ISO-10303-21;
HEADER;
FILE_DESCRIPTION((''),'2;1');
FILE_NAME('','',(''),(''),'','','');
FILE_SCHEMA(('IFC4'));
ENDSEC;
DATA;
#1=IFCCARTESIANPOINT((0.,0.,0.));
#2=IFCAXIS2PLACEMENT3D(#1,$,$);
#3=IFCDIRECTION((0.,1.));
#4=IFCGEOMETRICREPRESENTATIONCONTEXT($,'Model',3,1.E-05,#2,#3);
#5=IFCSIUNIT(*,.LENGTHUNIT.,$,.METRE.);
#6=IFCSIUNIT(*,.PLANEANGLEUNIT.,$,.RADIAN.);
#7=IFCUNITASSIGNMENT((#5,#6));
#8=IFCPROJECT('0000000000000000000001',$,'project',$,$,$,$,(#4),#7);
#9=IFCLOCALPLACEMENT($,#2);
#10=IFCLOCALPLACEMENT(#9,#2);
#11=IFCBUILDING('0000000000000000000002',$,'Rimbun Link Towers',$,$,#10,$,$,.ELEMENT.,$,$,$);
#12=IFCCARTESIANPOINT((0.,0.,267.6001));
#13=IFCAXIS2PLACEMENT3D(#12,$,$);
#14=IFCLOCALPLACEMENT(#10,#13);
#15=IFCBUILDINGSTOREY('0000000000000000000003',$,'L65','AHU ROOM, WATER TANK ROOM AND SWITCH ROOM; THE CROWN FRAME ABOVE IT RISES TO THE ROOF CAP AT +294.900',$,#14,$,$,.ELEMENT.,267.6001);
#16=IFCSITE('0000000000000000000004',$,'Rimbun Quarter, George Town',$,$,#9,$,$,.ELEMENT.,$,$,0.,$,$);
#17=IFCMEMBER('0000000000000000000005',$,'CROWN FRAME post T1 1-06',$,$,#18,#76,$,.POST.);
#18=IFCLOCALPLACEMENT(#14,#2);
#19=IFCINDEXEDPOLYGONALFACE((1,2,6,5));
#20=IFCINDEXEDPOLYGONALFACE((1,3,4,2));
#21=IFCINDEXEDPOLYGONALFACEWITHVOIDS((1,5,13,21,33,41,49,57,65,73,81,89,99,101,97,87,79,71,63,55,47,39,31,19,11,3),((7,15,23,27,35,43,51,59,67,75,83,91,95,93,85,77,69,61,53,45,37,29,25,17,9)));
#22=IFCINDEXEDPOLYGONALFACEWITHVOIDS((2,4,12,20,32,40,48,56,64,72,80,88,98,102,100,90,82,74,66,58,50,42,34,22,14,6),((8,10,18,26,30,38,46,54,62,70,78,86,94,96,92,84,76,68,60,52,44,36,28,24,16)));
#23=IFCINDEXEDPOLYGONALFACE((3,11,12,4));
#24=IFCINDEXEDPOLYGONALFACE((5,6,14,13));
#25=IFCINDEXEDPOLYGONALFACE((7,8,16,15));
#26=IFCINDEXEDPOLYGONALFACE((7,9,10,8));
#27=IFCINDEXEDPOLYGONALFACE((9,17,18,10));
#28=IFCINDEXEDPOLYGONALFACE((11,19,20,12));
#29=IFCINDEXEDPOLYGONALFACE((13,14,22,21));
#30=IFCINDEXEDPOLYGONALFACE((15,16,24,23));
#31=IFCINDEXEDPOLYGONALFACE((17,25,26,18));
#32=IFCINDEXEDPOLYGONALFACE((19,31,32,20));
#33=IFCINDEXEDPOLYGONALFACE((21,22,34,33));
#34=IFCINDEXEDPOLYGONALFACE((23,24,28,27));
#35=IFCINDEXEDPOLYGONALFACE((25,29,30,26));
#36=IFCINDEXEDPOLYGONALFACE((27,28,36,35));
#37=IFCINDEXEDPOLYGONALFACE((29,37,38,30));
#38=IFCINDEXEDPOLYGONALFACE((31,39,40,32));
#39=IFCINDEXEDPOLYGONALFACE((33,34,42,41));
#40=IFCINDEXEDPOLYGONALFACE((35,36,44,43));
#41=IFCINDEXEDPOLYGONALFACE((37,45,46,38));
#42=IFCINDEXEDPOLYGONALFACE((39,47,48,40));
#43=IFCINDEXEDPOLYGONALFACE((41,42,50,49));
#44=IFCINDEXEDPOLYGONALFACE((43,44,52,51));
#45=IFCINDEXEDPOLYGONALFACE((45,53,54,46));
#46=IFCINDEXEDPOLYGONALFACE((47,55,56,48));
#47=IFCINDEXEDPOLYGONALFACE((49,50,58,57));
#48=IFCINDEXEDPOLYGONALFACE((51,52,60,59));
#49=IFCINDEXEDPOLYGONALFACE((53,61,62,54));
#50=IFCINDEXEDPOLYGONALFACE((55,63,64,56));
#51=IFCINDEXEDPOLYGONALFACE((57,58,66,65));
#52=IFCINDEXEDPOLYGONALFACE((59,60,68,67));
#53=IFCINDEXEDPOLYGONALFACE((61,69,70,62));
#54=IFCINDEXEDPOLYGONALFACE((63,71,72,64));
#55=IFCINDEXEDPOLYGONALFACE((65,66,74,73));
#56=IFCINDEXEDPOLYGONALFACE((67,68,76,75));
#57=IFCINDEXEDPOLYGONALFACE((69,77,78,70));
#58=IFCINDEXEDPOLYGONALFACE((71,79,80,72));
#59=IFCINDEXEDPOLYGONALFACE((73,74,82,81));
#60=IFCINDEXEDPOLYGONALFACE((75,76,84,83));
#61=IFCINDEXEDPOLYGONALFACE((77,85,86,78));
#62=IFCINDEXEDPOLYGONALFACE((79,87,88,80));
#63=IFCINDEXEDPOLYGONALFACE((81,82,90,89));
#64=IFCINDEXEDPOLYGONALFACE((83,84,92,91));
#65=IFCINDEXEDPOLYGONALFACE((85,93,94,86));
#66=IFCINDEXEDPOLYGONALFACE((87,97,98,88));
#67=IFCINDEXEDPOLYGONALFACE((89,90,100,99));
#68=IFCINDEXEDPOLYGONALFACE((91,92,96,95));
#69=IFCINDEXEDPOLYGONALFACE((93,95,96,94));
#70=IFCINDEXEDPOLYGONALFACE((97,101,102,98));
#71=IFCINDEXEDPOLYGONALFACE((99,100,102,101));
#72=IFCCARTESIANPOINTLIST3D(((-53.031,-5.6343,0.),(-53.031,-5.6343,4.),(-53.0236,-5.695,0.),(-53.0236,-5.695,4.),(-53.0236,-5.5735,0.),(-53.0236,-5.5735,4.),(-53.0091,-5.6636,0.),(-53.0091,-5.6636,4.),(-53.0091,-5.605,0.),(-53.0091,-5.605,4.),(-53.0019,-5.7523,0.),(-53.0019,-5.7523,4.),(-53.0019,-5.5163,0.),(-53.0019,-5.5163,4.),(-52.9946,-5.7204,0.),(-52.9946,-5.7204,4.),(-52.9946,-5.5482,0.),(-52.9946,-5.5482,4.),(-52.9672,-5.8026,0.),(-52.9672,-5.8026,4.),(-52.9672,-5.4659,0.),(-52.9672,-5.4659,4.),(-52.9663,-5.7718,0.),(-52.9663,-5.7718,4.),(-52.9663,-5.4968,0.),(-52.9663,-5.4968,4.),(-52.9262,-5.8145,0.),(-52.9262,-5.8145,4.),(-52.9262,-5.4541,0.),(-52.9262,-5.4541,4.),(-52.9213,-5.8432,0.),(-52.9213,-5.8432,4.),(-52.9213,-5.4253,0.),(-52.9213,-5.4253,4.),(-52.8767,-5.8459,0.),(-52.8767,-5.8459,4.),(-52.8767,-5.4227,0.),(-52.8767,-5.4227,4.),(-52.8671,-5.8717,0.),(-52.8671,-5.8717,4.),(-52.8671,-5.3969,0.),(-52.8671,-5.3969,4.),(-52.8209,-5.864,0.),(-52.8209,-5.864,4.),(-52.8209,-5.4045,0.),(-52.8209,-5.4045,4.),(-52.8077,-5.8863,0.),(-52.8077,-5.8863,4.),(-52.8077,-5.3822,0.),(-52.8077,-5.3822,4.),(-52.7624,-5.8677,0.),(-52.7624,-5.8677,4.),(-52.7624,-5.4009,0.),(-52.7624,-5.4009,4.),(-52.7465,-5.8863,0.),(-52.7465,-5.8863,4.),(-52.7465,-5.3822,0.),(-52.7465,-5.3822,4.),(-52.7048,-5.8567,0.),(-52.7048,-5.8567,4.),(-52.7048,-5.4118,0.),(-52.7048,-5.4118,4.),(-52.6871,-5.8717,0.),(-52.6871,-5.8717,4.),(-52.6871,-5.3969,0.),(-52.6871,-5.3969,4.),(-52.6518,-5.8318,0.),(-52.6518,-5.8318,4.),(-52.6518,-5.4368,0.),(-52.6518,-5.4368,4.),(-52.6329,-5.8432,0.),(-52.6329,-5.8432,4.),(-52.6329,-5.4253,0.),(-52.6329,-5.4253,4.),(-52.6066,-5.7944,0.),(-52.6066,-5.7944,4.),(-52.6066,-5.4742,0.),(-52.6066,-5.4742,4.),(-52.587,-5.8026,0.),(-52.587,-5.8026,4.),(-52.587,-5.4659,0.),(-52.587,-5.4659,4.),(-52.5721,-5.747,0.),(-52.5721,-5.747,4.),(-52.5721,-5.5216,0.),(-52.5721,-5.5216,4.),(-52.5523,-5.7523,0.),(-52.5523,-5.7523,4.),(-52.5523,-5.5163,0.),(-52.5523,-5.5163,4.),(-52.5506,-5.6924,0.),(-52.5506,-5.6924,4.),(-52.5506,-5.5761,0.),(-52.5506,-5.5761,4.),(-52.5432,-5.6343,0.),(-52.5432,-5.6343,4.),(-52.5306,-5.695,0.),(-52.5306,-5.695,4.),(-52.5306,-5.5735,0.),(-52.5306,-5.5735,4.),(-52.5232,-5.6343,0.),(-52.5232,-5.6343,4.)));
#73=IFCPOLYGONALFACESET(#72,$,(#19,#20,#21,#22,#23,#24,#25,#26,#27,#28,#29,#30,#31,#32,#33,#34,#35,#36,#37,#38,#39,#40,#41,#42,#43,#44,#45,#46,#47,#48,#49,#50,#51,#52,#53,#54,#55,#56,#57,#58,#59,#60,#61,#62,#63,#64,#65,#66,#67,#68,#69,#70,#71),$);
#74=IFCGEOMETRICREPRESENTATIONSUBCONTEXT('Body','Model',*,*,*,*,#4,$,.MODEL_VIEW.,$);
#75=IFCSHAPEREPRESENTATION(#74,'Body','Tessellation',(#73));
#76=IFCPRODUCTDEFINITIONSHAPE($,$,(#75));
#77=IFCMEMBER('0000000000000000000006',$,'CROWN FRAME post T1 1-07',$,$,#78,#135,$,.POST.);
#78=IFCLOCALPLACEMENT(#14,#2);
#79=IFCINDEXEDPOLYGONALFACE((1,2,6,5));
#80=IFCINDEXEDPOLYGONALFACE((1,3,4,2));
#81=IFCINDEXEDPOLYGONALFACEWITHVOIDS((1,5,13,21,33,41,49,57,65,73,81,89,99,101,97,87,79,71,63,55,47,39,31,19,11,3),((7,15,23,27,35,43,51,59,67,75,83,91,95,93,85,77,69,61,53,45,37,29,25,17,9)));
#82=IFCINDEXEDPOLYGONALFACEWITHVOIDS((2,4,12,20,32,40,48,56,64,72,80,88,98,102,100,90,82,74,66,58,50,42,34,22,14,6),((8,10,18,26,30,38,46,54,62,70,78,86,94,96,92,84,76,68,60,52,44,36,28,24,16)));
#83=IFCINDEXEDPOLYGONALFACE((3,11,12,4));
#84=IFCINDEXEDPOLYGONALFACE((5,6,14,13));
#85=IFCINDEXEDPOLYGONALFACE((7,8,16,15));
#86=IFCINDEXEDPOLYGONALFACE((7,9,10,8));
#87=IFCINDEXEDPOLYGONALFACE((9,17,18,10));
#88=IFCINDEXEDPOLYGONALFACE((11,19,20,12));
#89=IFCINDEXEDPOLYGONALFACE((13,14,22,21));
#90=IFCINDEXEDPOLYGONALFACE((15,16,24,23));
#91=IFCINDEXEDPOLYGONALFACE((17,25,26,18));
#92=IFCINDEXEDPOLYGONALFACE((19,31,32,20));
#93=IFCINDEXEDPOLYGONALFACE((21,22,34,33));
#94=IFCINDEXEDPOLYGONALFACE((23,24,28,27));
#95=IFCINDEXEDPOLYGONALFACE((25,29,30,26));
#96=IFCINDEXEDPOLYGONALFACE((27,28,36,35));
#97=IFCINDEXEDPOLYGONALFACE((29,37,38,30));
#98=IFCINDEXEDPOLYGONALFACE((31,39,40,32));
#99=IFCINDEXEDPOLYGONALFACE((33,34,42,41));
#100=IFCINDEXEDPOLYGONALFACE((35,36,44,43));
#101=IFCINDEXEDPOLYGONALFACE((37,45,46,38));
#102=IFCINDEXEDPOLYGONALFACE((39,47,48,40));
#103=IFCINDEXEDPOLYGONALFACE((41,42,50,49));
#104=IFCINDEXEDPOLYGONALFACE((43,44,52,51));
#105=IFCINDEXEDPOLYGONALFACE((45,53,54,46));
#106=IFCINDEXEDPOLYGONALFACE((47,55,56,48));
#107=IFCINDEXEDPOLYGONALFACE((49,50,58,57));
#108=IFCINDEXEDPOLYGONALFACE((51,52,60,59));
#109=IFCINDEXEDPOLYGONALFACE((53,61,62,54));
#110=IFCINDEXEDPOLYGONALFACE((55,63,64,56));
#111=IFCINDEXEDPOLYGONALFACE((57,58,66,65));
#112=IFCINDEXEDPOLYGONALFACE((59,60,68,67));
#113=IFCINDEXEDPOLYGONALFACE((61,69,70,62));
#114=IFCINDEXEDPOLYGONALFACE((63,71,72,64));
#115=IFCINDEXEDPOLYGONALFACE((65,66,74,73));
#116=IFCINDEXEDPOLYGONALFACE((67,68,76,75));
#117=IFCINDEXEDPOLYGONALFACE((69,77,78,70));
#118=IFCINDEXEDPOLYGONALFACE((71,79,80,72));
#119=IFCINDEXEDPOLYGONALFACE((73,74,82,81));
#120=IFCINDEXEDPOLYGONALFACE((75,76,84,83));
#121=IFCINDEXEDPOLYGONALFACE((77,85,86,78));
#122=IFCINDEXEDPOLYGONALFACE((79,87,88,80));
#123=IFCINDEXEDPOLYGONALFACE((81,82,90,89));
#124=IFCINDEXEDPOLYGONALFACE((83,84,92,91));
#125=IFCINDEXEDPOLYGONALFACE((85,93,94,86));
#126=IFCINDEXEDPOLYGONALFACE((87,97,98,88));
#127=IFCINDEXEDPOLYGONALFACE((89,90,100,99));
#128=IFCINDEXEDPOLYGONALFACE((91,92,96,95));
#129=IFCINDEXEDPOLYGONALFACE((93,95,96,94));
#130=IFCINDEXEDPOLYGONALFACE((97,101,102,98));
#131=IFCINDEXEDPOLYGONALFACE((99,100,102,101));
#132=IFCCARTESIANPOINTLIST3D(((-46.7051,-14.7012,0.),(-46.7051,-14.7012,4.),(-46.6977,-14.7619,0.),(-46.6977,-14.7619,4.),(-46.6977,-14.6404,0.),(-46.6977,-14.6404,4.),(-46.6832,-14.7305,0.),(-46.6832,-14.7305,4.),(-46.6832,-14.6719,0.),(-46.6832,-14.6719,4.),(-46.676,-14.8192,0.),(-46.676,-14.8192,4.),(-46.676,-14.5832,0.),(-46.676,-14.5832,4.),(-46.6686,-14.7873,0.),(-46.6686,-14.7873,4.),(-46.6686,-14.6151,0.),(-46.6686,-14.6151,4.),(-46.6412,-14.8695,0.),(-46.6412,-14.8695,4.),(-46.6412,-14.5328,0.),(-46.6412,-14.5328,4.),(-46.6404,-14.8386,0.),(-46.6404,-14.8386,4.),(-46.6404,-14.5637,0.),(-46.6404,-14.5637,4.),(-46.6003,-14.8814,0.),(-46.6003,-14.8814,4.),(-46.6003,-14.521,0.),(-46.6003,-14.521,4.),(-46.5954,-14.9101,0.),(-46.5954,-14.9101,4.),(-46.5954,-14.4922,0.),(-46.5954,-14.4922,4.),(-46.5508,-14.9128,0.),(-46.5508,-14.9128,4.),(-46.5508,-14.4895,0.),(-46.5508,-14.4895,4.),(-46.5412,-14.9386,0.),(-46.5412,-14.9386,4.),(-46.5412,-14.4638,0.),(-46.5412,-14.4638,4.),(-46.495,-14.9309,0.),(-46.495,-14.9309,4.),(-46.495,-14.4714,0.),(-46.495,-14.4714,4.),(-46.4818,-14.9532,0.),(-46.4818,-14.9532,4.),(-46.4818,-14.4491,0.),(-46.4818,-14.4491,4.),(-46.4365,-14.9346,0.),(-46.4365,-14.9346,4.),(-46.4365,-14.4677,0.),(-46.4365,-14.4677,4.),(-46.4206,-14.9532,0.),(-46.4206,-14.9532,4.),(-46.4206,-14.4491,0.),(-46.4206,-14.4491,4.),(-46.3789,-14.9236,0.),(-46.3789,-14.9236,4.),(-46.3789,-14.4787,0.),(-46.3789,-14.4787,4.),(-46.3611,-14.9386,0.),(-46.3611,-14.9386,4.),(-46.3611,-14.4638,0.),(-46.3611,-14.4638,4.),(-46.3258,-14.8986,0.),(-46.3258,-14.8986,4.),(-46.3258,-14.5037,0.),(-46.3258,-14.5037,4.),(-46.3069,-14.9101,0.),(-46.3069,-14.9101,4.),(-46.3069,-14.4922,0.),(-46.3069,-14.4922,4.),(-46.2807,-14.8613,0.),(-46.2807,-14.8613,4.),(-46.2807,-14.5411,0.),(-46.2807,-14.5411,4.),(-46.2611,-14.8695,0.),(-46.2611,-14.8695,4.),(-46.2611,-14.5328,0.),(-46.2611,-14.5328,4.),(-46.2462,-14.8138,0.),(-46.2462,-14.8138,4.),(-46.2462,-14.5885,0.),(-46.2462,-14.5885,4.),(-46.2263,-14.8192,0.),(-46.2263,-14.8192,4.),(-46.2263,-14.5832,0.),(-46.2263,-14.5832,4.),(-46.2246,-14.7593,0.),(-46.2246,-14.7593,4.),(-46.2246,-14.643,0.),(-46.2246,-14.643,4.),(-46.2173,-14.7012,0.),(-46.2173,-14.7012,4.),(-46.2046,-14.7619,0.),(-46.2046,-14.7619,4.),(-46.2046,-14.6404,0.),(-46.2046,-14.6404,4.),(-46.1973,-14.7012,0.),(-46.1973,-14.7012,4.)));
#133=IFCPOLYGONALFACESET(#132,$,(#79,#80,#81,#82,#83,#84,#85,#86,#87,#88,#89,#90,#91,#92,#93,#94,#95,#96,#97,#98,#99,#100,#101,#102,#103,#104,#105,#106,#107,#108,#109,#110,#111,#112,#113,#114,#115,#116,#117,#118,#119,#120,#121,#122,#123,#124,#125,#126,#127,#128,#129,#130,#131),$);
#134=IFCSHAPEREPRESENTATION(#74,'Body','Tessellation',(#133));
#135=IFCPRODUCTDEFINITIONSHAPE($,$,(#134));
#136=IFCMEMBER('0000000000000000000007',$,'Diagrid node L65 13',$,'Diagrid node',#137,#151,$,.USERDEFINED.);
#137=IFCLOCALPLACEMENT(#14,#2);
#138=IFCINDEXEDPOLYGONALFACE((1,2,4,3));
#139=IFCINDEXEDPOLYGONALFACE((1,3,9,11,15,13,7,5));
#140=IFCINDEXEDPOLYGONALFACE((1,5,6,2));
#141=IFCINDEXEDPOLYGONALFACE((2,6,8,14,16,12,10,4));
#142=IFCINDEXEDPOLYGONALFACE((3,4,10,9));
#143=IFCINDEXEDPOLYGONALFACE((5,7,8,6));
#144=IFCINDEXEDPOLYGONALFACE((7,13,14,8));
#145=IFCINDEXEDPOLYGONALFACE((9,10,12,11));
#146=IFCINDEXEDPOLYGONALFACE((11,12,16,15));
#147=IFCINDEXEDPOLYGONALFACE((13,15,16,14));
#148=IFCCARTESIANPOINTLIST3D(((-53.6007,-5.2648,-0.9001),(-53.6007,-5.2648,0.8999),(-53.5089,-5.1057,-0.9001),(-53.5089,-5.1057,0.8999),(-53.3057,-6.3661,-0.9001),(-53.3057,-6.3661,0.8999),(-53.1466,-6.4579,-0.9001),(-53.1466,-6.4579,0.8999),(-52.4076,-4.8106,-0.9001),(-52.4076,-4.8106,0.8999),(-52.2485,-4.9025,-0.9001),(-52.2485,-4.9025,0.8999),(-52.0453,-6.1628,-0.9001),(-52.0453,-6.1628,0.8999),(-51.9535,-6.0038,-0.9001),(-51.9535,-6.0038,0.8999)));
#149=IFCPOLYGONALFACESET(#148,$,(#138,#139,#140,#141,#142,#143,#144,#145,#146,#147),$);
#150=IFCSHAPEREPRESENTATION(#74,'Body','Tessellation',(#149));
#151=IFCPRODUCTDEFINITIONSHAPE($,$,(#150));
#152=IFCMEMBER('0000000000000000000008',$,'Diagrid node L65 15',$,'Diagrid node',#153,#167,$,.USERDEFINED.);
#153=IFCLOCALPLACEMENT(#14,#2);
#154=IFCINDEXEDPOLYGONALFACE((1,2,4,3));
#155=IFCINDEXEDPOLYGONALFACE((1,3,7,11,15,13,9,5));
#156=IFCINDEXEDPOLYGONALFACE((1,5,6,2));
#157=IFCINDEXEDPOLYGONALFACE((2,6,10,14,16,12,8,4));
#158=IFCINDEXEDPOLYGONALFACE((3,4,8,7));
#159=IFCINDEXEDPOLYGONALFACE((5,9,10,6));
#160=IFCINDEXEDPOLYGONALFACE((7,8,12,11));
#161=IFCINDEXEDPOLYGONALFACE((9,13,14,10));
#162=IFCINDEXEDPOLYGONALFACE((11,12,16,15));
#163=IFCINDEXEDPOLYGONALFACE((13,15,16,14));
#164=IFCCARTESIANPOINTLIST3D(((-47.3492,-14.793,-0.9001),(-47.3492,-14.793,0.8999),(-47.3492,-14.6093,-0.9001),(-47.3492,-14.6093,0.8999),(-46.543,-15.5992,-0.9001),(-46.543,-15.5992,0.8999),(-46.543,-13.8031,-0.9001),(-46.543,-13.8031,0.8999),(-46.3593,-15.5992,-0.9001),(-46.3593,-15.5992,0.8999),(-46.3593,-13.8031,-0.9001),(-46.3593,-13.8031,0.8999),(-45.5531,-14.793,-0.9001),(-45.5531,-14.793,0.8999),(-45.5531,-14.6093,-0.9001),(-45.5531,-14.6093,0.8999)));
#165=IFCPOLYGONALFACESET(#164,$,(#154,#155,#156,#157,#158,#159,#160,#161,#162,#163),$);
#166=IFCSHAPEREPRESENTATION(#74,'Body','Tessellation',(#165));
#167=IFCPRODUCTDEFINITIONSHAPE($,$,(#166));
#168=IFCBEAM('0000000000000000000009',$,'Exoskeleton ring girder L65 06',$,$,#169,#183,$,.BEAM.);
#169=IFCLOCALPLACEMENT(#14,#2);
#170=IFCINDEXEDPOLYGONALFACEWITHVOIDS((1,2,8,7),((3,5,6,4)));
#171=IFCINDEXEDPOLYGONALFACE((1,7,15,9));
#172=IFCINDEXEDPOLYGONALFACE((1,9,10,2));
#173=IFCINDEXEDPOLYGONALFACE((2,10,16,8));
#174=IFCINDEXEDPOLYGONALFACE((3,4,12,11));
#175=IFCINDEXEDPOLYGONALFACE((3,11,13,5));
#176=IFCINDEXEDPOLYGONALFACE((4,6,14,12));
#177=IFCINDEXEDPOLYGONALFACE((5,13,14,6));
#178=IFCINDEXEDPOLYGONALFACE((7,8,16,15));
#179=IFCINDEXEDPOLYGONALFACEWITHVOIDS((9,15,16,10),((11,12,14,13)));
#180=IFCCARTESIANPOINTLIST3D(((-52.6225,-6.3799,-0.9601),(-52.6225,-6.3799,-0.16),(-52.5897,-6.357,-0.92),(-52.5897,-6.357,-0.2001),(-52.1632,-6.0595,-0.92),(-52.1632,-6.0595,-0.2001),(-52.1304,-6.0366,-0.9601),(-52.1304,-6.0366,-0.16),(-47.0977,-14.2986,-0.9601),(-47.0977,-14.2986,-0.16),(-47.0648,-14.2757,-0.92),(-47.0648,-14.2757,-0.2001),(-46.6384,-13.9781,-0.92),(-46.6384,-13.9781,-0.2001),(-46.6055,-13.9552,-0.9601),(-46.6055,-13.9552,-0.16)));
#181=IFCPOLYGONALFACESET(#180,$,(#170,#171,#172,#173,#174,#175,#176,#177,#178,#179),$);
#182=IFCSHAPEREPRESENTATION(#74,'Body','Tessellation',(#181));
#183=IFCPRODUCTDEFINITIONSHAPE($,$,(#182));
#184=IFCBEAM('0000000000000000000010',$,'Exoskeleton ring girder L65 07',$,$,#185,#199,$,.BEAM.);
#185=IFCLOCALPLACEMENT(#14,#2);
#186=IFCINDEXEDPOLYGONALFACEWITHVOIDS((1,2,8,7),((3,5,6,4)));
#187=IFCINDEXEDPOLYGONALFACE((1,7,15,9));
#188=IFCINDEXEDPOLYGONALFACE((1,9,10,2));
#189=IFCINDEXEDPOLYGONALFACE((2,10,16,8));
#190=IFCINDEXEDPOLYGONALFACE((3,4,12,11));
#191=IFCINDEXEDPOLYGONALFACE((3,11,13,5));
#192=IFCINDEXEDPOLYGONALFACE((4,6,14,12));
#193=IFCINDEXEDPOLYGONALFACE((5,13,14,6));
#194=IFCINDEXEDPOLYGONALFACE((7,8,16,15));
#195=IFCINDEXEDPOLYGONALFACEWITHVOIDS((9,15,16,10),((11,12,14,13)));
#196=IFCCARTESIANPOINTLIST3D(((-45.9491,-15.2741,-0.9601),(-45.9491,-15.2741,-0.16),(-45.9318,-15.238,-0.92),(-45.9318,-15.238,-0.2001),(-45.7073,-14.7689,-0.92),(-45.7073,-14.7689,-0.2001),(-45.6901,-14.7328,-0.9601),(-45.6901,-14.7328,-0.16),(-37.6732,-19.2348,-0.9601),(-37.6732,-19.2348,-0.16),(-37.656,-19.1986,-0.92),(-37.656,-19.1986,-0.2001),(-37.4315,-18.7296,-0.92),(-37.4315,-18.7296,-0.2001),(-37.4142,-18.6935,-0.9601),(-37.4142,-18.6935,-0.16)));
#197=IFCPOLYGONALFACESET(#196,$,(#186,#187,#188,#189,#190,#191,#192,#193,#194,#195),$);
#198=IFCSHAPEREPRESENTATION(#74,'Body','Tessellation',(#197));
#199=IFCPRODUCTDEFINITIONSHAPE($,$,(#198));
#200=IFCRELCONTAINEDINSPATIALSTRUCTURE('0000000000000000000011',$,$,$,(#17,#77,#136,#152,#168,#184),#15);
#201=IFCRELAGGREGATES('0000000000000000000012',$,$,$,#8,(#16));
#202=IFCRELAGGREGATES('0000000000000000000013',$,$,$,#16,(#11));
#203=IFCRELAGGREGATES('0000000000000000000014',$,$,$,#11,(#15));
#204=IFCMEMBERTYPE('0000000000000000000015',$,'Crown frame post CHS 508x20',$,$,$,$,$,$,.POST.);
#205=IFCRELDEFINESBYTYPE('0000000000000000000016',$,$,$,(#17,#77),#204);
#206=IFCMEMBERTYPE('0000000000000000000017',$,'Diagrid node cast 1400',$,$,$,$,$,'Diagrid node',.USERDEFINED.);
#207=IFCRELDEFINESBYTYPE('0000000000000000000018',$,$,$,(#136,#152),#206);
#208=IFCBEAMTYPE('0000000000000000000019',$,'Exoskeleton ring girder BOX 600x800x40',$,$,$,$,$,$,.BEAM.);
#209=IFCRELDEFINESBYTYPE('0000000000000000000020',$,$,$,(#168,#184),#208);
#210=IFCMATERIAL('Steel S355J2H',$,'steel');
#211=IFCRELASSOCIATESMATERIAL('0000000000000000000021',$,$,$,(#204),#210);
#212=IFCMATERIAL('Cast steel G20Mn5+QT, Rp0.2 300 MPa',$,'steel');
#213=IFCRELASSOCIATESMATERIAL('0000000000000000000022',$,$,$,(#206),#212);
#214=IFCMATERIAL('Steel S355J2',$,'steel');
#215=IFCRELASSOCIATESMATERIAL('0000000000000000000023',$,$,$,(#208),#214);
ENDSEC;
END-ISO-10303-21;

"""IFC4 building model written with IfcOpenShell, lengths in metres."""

from ifc_helpers import new_model, si_unit, direction, frame, origin, origin_2d, place, context, subcontext, project, spatial, polyline, hollow_rectangle, hollow_circle, outline, extrude, material, material_profile, profile_set, type_object, element, save


model = new_model("IFC4")

# Units and contexts
model_context = context("Model", 3, precision=1e-05, world=origin(), true_north=direction((0.0, 1.0)))
body_context = subcontext(model_context, "Body", "Model", "MODEL_VIEW")
ifc_project = project(units=[si_unit("LENGTHUNIT", "METRE"), si_unit("PLANEANGLEUNIT", "RADIAN")], contexts=[model_context])

# Site, building, storey
site_placement = place(None, origin())
site = spatial("IfcSite", under=ifc_project, at=site_placement, Name="Rimbun Quarter, George Town", CompositionType="ELEMENT", RefElevation=0.0)
building_placement = place(site_placement, origin())
building = spatial("IfcBuilding", under=site, at=building_placement, Name="Rimbun Link Towers", CompositionType="ELEMENT")
storey_placement = place(building_placement, frame((0.0, 0.0, 267.6001)))
storey = spatial("IfcBuildingStorey", under=building, at=storey_placement, Name="L65", Description="AHU ROOM, WATER TANK ROOM AND SWITCH ROOM; THE CROWN FRAME ABOVE IT RISES TO THE ROOF CAP AT +294.900", CompositionType="ELEMENT", Elevation=267.6001)

# Members
ifc_material_1 = material(Name="Steel S355J2H", Category="steel")
ifc_material_profile_1 = material_profile(ifc_material_1, hollow_circle(Radius=0.2539, WallThickness=0.02, at=origin_2d()), Name="Crown frame post CHS 508x20")
ifc_profile_set_1 = profile_set([ifc_material_profile_1], Name="Steel S355J2H")
member_type_1 = type_object("IfcMemberType", Name="Crown frame post CHS 508x20", PredefinedType="POST", material=ifc_profile_set_1)
for number, where, z_axis, x_axis, name in (
    (1, (-52.7771, -5.6343, 0.0), (0.0, 0.0, 1.0), (1.0, 0.0, 0.0), "CROWN FRAME post T1 1-06"),
    (2, (-46.4512, -14.7012, 0.0), (0.0, 0.0, 1.0), (1.0, 0.0, 0.0), "CROWN FRAME post T1 1-07"),
):
    element("IfcMember", number, at=place(storey_placement, frame(where, z_axis=z_axis, x_axis=x_axis)), inside=storey, type_object=member_type_1, Name=name, PredefinedType="POST", context=body_context, shape_type="SweptSolid", body=[
        extrude(hollow_circle(Radius=0.2539, WallThickness=0.02, at=origin_2d()), origin(), (0.0, 0.0, 1.0), 4.0),
    ])
ifc_material_2 = material(Name="Cast steel G20Mn5+QT, Rp0.2 300 MPa", Category="steel")
ifc_material_profile_2 = material_profile(ifc_material_2, outline(polyline([(0.7, -0.5701), (0.7, 0.5701), (0.5701, 0.7), (-0.5701, 0.7), (-0.7, 0.5701), (-0.7, -0.5701), (-0.5701, -0.7), (0.5701, -0.7), (0.7, -0.5701)])), Name="NODE 1400x1400")
ifc_profile_set_2 = profile_set([ifc_material_profile_2], Name="Cast steel G20Mn5+QT, Rp0.2 300 MPa")
member_type_2 = type_object("IfcMemberType", Name="Diagrid node cast 1400", ElementType="Diagrid node", PredefinedType="USERDEFINED", material=ifc_profile_set_2)
for number, where, z_axis, x_axis, name in (
    (3, (-52.7771, -5.6343, -0.9001), (0.0, 0.0, 1.0), (-0.965926, -0.258819, 0.0), "Diagrid node L65 13"),
    (4, (-46.4512, -14.7012, -0.9001), (0.0, 0.0, 1.0), (-0.707107, -0.707107, 0.0), "Diagrid node L65 15"),
):
    element("IfcMember", number, at=place(storey_placement, frame(where, z_axis=z_axis, x_axis=x_axis)), inside=storey, type_object=member_type_2, Name=name, ObjectType="Diagrid node", PredefinedType="USERDEFINED", context=body_context, shape_type="SweptSolid", body=[
        extrude(outline(polyline([(0.7, -0.5701), (0.7, 0.5701), (0.5701, 0.7), (-0.5701, 0.7), (-0.7, 0.5701), (-0.7, -0.5701), (-0.5701, -0.7), (0.5701, -0.7), (0.7, -0.5701)])), origin(), (0.0, 0.0, 1.0), 1.8),
    ])

# Beams
ifc_material_3 = material(Name="Steel S355J2", Category="steel")
ifc_material_profile_3 = material_profile(ifc_material_3, hollow_rectangle(XDim=0.6001, YDim=0.8, WallThickness=0.04, at=origin_2d()), Name="Exoskeleton ring girder BOX 600x800x40")
ifc_profile_set_3 = profile_set([ifc_material_profile_3], Name="Steel S355J2")
beam_type_1 = type_object("IfcBeamType", Name="Exoskeleton ring girder BOX 600x800x40", PredefinedType="BEAM", material=ifc_profile_set_3)
beam_1_placement = place(storey_placement, frame((-52.3765, -6.2083, -0.5601), z_axis=(0.572197, -0.820116, 0.0), x_axis=(0.820116, 0.572197, 0.0)))
element("IfcBeam", 5, at=beam_1_placement, inside=storey, type_object=beam_type_1, Name="Exoskeleton ring girder L65 06", PredefinedType="BEAM", context=body_context, shape_type="SweptSolid", body=[
    extrude(hollow_rectangle(XDim=0.6001, YDim=0.8, WallThickness=0.04, at=origin_2d()), origin(), (0.0, 0.0, 1.0), 9.6555),
])
beam_2_placement = place(storey_placement, frame((-45.8196, -15.0034, -0.5601), z_axis=(0.902021, -0.431692, 0.0), x_axis=(0.431692, 0.902021, 0.0)))
element("IfcBeam", 6, at=beam_2_placement, inside=storey, type_object=beam_type_1, Name="Exoskeleton ring girder L65 07", PredefinedType="BEAM", context=body_context, shape_type="SweptSolid", body=[
    extrude(hollow_rectangle(XDim=0.6001, YDim=0.8, WallThickness=0.04, at=origin_2d()), origin(), (0.0, 0.0, 1.0), 9.1748),
])

save(model, "model.ifc")
